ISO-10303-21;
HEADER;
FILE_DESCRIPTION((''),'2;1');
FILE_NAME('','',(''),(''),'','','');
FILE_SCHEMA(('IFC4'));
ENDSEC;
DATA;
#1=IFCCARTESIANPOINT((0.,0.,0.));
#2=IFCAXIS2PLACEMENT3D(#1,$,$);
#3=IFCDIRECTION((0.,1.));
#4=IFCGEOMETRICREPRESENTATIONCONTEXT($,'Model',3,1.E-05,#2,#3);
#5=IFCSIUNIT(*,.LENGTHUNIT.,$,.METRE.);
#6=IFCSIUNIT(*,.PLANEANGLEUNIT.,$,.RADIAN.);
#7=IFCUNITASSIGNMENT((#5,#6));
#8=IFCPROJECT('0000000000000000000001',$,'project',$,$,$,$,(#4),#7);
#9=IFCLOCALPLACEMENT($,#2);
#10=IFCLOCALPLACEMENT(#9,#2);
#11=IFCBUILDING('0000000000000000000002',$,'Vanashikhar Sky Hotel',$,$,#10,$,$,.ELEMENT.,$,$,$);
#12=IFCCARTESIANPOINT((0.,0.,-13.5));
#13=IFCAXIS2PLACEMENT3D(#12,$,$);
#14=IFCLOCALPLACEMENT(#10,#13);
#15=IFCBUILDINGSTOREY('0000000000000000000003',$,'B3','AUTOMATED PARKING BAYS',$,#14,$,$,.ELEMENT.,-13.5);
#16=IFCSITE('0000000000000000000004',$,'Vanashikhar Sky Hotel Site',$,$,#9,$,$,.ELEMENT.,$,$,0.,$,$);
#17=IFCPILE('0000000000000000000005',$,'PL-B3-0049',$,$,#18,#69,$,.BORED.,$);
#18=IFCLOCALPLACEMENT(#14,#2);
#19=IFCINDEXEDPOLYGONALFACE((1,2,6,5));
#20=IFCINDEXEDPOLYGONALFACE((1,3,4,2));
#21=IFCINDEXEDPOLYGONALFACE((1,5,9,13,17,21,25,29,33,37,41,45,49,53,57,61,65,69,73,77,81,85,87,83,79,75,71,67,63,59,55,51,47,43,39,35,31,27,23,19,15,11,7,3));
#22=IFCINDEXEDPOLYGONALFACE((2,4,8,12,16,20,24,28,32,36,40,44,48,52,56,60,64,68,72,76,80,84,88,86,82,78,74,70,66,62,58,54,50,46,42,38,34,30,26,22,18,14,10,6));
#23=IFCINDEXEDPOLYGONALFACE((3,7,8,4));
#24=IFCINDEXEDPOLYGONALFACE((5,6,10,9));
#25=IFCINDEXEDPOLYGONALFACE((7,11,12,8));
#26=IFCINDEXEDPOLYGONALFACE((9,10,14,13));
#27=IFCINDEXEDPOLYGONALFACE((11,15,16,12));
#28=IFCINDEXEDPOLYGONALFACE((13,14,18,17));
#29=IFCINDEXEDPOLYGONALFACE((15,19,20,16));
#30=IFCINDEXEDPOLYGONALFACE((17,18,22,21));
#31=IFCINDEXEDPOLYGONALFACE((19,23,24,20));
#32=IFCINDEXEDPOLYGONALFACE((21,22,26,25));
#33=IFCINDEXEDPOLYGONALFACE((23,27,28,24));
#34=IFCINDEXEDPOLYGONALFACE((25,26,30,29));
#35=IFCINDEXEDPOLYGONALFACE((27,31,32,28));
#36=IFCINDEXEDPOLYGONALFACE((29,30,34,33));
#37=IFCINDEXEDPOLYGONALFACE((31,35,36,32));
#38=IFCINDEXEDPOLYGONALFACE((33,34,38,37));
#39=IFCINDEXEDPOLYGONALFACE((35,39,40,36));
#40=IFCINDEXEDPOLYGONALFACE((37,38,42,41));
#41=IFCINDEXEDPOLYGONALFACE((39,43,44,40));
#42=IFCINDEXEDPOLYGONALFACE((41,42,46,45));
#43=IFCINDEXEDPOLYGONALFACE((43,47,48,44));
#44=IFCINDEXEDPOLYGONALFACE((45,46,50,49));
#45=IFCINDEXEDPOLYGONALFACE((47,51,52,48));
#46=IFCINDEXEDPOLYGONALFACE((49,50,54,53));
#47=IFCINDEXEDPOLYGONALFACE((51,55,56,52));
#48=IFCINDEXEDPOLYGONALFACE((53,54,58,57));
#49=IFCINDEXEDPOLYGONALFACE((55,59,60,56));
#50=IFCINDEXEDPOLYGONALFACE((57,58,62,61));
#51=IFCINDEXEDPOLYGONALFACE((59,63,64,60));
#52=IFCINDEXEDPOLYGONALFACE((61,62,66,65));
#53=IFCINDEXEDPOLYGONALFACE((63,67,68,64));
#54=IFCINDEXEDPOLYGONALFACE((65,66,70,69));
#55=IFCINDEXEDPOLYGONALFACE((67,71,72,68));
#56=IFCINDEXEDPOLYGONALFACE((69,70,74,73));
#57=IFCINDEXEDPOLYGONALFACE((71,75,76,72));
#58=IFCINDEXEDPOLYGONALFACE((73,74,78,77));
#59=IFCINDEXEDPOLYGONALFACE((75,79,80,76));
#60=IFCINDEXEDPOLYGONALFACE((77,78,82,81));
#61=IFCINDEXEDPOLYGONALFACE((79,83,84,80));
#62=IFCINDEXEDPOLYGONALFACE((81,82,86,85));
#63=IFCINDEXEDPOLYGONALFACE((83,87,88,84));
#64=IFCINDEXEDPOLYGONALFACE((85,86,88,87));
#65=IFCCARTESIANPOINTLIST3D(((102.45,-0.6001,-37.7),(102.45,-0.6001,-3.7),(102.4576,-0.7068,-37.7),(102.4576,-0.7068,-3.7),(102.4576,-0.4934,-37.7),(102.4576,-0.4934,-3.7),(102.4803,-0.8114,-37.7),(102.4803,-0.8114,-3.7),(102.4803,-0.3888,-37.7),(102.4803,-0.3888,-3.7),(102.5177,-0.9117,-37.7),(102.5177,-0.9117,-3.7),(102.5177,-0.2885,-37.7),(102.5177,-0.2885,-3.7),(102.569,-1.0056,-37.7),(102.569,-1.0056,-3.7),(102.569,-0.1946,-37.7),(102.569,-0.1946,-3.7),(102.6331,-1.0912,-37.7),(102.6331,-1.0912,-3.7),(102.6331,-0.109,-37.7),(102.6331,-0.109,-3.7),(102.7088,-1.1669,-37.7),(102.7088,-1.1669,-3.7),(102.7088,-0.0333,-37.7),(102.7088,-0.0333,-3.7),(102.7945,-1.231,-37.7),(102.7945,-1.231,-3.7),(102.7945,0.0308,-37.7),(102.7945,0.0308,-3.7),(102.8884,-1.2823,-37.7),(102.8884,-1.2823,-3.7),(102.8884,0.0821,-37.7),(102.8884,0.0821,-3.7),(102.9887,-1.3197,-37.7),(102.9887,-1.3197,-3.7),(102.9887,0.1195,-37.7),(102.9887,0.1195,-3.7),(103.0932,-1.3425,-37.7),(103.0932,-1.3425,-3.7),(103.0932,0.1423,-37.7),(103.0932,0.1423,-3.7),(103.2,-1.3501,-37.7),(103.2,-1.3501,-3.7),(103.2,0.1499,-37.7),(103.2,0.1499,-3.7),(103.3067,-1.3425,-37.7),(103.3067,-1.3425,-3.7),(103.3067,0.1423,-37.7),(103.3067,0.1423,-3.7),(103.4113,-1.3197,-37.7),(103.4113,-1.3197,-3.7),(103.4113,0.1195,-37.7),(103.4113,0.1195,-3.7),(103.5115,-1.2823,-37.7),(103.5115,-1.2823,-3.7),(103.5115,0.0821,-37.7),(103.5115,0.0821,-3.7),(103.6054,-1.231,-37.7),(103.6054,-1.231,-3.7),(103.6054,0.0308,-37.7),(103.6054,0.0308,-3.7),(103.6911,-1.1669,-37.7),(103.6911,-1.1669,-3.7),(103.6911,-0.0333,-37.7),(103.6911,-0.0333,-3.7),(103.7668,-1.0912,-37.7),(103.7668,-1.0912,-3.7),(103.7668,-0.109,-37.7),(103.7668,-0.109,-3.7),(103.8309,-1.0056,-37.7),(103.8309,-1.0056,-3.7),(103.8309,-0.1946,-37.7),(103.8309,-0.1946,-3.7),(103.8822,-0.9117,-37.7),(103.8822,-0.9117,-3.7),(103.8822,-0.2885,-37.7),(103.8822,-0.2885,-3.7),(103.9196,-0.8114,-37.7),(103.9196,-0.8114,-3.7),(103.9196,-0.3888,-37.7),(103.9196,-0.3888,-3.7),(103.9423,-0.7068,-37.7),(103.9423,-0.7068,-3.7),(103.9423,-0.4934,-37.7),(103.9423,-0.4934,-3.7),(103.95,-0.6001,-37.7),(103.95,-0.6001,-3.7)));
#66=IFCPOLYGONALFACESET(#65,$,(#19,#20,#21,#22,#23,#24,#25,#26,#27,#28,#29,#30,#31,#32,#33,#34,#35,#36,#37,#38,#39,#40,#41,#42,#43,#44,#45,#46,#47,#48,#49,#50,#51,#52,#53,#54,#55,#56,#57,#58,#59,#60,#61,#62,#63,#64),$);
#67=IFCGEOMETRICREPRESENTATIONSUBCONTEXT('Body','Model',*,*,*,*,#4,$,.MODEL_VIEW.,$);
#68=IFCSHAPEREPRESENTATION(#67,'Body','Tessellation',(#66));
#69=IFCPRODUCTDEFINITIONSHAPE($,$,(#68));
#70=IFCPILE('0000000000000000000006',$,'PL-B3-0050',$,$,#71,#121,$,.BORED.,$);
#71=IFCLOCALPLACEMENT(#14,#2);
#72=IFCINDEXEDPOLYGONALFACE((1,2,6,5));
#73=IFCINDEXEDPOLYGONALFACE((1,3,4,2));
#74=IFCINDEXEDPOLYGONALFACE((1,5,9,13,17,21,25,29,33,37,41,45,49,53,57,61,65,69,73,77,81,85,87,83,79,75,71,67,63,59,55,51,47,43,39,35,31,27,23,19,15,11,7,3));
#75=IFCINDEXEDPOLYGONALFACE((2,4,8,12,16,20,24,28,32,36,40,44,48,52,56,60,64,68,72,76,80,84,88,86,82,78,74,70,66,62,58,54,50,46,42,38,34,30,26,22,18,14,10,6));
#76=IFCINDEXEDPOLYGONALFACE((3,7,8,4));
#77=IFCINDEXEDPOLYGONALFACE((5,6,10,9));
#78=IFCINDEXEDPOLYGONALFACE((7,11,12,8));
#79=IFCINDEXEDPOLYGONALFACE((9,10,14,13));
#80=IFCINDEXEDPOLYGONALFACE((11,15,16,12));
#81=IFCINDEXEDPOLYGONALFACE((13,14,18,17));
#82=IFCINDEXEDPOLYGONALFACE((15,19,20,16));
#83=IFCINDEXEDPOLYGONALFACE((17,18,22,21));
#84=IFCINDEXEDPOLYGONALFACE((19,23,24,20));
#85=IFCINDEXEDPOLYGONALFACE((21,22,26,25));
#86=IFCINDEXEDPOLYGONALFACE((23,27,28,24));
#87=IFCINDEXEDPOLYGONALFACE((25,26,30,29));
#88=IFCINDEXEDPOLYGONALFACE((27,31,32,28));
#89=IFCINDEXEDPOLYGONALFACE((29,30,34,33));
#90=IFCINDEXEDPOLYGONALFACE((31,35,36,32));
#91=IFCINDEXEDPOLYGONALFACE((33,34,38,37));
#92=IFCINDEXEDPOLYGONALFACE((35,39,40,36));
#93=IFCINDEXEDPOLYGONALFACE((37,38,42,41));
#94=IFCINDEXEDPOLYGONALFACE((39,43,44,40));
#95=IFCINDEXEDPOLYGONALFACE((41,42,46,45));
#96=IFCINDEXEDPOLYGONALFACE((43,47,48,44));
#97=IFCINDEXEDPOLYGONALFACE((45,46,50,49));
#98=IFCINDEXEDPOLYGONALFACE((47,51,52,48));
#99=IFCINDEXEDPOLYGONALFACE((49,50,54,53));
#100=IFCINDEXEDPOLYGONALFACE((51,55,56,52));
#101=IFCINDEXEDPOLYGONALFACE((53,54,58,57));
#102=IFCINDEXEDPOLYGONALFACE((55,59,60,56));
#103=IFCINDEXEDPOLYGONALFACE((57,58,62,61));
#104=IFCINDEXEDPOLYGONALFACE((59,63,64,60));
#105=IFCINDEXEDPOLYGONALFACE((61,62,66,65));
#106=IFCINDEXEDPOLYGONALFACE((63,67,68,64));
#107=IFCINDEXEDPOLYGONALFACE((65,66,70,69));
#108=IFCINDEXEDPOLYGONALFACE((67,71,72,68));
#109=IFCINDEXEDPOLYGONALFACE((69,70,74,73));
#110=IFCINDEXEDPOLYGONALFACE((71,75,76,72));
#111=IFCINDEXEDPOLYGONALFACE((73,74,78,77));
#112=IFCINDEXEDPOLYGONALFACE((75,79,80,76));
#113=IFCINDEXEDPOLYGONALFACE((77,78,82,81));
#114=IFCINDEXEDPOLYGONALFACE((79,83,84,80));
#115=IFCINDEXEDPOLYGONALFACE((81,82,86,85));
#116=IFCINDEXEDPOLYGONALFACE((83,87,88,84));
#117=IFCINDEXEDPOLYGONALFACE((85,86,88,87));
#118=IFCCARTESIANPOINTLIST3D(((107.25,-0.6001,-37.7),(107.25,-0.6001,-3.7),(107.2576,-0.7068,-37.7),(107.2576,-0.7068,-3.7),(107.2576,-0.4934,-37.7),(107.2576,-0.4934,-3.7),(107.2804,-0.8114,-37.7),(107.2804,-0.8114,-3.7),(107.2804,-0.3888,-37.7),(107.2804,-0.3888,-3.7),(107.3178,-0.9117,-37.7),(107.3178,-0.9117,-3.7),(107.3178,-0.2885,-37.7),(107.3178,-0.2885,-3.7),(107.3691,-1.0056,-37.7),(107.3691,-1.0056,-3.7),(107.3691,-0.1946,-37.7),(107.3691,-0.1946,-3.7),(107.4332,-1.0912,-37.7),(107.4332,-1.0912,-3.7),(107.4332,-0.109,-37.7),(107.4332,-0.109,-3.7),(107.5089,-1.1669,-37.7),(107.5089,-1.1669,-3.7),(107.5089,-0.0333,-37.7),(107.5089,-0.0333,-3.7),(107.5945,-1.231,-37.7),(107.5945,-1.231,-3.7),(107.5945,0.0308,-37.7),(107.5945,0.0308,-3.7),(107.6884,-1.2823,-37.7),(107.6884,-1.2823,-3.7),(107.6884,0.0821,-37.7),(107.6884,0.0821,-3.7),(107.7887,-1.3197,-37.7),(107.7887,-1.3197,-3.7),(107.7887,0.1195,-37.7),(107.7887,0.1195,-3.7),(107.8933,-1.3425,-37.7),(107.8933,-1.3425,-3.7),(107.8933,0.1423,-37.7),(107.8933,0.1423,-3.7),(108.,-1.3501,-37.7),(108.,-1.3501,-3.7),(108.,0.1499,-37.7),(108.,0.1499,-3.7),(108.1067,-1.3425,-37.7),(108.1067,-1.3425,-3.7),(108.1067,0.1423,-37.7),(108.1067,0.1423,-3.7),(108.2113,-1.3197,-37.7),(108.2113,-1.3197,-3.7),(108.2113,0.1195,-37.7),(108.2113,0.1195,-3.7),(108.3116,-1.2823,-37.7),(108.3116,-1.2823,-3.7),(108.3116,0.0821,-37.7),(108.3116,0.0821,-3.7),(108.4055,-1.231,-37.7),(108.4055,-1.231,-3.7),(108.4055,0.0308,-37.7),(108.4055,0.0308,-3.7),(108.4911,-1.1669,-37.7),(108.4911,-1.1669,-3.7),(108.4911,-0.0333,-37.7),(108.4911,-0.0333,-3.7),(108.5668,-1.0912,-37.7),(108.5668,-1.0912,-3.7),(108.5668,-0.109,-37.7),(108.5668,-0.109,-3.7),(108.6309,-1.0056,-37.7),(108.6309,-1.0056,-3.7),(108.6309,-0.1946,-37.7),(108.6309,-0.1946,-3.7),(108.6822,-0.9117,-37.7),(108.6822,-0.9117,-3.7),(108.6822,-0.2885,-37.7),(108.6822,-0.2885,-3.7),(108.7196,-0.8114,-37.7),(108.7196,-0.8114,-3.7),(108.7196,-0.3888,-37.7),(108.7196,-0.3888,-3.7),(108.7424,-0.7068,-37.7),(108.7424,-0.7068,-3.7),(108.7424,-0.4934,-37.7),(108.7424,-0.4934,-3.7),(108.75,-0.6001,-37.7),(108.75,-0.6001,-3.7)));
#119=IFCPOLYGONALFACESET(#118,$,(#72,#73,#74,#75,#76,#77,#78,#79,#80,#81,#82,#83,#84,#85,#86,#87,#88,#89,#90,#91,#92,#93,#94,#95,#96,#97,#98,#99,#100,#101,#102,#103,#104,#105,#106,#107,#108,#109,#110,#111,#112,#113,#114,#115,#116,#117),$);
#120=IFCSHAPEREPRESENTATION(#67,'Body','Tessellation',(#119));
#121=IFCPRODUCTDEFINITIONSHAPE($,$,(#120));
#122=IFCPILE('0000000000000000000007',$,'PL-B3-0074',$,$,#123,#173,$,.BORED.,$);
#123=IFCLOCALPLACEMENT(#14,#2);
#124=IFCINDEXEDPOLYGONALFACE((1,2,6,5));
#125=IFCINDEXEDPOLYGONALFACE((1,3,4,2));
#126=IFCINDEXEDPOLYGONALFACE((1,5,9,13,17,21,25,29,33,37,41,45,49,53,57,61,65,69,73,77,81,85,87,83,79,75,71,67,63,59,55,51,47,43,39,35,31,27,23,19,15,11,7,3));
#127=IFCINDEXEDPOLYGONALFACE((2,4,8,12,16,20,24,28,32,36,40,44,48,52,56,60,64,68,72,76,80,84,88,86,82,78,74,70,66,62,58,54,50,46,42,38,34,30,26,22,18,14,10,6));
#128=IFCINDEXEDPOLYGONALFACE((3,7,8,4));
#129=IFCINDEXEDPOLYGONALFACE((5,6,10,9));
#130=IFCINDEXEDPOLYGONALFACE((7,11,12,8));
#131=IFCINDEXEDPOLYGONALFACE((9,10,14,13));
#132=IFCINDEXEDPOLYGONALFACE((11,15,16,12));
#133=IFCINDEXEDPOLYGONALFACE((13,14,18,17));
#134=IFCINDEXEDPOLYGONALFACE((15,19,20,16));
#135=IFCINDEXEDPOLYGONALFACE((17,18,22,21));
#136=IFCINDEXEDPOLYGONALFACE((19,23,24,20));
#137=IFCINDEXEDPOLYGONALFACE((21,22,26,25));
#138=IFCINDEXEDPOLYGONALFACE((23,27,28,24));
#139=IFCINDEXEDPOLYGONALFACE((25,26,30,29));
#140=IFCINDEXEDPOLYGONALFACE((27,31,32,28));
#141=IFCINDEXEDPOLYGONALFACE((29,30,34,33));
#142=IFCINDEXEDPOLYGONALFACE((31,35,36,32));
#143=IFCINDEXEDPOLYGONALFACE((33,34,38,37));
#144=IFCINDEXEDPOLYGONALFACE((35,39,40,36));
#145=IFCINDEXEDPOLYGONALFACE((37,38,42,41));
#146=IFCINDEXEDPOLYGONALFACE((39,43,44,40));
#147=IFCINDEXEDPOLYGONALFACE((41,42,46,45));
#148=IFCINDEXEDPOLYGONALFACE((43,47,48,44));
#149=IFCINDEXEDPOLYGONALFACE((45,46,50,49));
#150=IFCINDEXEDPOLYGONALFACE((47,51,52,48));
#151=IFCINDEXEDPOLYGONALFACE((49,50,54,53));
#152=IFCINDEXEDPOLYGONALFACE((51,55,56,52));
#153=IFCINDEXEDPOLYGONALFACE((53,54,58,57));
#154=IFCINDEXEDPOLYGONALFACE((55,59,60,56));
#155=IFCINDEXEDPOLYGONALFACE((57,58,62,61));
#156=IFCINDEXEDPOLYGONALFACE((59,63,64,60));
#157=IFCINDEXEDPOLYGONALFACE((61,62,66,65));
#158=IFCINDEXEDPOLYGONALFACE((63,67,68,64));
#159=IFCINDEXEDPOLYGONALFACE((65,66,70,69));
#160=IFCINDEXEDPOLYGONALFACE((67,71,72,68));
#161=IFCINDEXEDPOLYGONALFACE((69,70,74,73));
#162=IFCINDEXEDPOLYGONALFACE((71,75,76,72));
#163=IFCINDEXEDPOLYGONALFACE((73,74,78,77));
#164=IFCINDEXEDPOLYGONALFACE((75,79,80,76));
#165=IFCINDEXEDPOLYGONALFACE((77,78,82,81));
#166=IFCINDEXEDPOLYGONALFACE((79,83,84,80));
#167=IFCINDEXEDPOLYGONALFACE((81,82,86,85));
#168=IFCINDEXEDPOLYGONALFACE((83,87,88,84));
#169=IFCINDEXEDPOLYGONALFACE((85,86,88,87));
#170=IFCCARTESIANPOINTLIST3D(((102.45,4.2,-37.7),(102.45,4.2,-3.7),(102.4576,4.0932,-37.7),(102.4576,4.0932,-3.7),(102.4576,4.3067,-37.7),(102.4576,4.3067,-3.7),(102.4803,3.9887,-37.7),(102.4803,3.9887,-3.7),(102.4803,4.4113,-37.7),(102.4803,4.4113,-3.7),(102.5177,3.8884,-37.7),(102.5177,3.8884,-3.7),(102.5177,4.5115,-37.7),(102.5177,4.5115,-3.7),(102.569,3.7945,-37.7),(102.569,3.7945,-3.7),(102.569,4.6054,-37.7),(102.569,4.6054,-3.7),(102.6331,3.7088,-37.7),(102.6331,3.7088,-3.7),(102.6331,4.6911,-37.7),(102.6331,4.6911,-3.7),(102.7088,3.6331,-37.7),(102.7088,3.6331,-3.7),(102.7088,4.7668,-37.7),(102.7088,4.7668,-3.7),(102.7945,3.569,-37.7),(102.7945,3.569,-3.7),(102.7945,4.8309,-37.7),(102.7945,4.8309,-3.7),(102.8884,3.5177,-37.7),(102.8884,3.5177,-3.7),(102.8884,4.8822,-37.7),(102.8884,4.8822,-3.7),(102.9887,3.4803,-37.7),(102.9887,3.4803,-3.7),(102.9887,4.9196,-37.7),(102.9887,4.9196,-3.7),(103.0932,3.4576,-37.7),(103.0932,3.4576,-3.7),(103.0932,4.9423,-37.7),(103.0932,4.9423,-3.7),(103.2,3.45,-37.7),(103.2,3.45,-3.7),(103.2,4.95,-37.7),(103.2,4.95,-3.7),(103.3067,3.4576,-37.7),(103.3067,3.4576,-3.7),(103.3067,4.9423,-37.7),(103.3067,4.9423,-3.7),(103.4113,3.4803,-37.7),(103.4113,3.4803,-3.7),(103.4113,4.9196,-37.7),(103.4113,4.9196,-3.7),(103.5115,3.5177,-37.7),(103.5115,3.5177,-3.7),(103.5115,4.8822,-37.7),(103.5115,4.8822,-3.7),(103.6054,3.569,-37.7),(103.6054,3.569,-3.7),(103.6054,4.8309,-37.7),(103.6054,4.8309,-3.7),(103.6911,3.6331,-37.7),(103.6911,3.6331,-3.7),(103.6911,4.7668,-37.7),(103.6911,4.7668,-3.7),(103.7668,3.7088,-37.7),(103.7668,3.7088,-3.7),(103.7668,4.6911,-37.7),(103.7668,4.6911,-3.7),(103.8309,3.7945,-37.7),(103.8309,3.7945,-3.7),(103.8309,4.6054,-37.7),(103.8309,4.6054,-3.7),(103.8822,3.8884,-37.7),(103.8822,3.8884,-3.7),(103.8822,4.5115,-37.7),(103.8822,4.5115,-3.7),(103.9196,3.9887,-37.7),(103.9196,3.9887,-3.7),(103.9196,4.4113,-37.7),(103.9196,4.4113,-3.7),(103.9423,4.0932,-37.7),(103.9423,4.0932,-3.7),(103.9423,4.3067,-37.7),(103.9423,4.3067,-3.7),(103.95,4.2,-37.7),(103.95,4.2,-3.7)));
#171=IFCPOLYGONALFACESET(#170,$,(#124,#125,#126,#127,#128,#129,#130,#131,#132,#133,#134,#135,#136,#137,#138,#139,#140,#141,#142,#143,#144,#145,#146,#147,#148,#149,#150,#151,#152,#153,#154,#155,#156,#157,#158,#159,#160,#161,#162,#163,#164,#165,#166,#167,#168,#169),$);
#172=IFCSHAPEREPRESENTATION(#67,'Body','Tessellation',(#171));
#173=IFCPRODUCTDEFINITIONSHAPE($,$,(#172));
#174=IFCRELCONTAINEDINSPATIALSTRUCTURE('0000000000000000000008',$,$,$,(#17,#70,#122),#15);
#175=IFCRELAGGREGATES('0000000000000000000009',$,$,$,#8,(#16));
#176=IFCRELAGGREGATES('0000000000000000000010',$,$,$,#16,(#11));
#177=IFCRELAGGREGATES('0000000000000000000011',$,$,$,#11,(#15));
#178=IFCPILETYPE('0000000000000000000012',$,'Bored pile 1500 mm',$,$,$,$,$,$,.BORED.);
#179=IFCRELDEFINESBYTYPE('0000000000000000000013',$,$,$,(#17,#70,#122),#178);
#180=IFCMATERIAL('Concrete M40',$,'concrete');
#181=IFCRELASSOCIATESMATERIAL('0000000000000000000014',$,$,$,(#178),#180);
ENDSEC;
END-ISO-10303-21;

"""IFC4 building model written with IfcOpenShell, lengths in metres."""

from ifc_helpers import new_model, si_unit, direction, frame, origin, origin_2d, place, context, subcontext, project, spatial, circle, extrude, source, transform, mapped, material, type_object, element, save


model = new_model("IFC4")

# Units and contexts
model_context = context("Model", 3, precision=1e-05, world=origin(), true_north=direction((0.0, 1.0)))
body_context = subcontext(model_context, "Body", "Model", "MODEL_VIEW")
ifc_project = project(units=[si_unit("LENGTHUNIT", "METRE"), si_unit("PLANEANGLEUNIT", "RADIAN")], contexts=[model_context])

# Site, building, storey
site_placement = place(None, origin())
site = spatial("IfcSite", under=ifc_project, at=site_placement, Name="Vanashikhar Sky Hotel Site", CompositionType="ELEMENT", RefElevation=0.0)
building_placement = place(site_placement, origin())
building = spatial("IfcBuilding", under=site, at=building_placement, Name="Vanashikhar Sky Hotel", CompositionType="ELEMENT")
storey_placement = place(building_placement, frame((0.0, 0.0, -13.5)))
storey = spatial("IfcBuildingStorey", under=building, at=storey_placement, Name="B3", Description="AUTOMATED PARKING BAYS", CompositionType="ELEMENT", Elevation=-13.5)

# Piles
ifc_material_1 = material(Name="Concrete M40", Category="concrete")
pile_type_1 = type_object("IfcPileType", Name="Bored pile 1500 mm", PredefinedType="BORED", material=ifc_material_1)
shared_shape_1 = source(origin(), body_context, "Body", "SweptSolid", [
    extrude(circle(Radius=0.75, at=origin_2d()), origin(), (0.0, 0.0, 1.0), 34.0),
])
for number, where, z_axis, x_axis, name in (
    (1, (103.2, -0.6001, -3.7), (0.0, 0.0, -1.0), (1.0, 0.0, 0.0), "PL-B3-0049"),
    (2, (108.0, -0.6001, -3.7), (0.0, 0.0, -1.0), (1.0, 0.0, 0.0), "PL-B3-0050"),
    (3, (103.2, 4.2, -3.7), (0.0, 0.0, -1.0), (1.0, 0.0, 0.0), "PL-B3-0074"),
):
    element("IfcPile", number, at=place(storey_placement, frame(where, z_axis=z_axis, x_axis=x_axis)), inside=storey, type_object=pile_type_1, Name=name, PredefinedType="BORED", context=body_context, shape_type="MappedRepresentation", body=[
        mapped(shared_shape_1, transform((0.0, 0.0, 0.0), scale=1.0)),
    ])

save(model, "model.ifc")
